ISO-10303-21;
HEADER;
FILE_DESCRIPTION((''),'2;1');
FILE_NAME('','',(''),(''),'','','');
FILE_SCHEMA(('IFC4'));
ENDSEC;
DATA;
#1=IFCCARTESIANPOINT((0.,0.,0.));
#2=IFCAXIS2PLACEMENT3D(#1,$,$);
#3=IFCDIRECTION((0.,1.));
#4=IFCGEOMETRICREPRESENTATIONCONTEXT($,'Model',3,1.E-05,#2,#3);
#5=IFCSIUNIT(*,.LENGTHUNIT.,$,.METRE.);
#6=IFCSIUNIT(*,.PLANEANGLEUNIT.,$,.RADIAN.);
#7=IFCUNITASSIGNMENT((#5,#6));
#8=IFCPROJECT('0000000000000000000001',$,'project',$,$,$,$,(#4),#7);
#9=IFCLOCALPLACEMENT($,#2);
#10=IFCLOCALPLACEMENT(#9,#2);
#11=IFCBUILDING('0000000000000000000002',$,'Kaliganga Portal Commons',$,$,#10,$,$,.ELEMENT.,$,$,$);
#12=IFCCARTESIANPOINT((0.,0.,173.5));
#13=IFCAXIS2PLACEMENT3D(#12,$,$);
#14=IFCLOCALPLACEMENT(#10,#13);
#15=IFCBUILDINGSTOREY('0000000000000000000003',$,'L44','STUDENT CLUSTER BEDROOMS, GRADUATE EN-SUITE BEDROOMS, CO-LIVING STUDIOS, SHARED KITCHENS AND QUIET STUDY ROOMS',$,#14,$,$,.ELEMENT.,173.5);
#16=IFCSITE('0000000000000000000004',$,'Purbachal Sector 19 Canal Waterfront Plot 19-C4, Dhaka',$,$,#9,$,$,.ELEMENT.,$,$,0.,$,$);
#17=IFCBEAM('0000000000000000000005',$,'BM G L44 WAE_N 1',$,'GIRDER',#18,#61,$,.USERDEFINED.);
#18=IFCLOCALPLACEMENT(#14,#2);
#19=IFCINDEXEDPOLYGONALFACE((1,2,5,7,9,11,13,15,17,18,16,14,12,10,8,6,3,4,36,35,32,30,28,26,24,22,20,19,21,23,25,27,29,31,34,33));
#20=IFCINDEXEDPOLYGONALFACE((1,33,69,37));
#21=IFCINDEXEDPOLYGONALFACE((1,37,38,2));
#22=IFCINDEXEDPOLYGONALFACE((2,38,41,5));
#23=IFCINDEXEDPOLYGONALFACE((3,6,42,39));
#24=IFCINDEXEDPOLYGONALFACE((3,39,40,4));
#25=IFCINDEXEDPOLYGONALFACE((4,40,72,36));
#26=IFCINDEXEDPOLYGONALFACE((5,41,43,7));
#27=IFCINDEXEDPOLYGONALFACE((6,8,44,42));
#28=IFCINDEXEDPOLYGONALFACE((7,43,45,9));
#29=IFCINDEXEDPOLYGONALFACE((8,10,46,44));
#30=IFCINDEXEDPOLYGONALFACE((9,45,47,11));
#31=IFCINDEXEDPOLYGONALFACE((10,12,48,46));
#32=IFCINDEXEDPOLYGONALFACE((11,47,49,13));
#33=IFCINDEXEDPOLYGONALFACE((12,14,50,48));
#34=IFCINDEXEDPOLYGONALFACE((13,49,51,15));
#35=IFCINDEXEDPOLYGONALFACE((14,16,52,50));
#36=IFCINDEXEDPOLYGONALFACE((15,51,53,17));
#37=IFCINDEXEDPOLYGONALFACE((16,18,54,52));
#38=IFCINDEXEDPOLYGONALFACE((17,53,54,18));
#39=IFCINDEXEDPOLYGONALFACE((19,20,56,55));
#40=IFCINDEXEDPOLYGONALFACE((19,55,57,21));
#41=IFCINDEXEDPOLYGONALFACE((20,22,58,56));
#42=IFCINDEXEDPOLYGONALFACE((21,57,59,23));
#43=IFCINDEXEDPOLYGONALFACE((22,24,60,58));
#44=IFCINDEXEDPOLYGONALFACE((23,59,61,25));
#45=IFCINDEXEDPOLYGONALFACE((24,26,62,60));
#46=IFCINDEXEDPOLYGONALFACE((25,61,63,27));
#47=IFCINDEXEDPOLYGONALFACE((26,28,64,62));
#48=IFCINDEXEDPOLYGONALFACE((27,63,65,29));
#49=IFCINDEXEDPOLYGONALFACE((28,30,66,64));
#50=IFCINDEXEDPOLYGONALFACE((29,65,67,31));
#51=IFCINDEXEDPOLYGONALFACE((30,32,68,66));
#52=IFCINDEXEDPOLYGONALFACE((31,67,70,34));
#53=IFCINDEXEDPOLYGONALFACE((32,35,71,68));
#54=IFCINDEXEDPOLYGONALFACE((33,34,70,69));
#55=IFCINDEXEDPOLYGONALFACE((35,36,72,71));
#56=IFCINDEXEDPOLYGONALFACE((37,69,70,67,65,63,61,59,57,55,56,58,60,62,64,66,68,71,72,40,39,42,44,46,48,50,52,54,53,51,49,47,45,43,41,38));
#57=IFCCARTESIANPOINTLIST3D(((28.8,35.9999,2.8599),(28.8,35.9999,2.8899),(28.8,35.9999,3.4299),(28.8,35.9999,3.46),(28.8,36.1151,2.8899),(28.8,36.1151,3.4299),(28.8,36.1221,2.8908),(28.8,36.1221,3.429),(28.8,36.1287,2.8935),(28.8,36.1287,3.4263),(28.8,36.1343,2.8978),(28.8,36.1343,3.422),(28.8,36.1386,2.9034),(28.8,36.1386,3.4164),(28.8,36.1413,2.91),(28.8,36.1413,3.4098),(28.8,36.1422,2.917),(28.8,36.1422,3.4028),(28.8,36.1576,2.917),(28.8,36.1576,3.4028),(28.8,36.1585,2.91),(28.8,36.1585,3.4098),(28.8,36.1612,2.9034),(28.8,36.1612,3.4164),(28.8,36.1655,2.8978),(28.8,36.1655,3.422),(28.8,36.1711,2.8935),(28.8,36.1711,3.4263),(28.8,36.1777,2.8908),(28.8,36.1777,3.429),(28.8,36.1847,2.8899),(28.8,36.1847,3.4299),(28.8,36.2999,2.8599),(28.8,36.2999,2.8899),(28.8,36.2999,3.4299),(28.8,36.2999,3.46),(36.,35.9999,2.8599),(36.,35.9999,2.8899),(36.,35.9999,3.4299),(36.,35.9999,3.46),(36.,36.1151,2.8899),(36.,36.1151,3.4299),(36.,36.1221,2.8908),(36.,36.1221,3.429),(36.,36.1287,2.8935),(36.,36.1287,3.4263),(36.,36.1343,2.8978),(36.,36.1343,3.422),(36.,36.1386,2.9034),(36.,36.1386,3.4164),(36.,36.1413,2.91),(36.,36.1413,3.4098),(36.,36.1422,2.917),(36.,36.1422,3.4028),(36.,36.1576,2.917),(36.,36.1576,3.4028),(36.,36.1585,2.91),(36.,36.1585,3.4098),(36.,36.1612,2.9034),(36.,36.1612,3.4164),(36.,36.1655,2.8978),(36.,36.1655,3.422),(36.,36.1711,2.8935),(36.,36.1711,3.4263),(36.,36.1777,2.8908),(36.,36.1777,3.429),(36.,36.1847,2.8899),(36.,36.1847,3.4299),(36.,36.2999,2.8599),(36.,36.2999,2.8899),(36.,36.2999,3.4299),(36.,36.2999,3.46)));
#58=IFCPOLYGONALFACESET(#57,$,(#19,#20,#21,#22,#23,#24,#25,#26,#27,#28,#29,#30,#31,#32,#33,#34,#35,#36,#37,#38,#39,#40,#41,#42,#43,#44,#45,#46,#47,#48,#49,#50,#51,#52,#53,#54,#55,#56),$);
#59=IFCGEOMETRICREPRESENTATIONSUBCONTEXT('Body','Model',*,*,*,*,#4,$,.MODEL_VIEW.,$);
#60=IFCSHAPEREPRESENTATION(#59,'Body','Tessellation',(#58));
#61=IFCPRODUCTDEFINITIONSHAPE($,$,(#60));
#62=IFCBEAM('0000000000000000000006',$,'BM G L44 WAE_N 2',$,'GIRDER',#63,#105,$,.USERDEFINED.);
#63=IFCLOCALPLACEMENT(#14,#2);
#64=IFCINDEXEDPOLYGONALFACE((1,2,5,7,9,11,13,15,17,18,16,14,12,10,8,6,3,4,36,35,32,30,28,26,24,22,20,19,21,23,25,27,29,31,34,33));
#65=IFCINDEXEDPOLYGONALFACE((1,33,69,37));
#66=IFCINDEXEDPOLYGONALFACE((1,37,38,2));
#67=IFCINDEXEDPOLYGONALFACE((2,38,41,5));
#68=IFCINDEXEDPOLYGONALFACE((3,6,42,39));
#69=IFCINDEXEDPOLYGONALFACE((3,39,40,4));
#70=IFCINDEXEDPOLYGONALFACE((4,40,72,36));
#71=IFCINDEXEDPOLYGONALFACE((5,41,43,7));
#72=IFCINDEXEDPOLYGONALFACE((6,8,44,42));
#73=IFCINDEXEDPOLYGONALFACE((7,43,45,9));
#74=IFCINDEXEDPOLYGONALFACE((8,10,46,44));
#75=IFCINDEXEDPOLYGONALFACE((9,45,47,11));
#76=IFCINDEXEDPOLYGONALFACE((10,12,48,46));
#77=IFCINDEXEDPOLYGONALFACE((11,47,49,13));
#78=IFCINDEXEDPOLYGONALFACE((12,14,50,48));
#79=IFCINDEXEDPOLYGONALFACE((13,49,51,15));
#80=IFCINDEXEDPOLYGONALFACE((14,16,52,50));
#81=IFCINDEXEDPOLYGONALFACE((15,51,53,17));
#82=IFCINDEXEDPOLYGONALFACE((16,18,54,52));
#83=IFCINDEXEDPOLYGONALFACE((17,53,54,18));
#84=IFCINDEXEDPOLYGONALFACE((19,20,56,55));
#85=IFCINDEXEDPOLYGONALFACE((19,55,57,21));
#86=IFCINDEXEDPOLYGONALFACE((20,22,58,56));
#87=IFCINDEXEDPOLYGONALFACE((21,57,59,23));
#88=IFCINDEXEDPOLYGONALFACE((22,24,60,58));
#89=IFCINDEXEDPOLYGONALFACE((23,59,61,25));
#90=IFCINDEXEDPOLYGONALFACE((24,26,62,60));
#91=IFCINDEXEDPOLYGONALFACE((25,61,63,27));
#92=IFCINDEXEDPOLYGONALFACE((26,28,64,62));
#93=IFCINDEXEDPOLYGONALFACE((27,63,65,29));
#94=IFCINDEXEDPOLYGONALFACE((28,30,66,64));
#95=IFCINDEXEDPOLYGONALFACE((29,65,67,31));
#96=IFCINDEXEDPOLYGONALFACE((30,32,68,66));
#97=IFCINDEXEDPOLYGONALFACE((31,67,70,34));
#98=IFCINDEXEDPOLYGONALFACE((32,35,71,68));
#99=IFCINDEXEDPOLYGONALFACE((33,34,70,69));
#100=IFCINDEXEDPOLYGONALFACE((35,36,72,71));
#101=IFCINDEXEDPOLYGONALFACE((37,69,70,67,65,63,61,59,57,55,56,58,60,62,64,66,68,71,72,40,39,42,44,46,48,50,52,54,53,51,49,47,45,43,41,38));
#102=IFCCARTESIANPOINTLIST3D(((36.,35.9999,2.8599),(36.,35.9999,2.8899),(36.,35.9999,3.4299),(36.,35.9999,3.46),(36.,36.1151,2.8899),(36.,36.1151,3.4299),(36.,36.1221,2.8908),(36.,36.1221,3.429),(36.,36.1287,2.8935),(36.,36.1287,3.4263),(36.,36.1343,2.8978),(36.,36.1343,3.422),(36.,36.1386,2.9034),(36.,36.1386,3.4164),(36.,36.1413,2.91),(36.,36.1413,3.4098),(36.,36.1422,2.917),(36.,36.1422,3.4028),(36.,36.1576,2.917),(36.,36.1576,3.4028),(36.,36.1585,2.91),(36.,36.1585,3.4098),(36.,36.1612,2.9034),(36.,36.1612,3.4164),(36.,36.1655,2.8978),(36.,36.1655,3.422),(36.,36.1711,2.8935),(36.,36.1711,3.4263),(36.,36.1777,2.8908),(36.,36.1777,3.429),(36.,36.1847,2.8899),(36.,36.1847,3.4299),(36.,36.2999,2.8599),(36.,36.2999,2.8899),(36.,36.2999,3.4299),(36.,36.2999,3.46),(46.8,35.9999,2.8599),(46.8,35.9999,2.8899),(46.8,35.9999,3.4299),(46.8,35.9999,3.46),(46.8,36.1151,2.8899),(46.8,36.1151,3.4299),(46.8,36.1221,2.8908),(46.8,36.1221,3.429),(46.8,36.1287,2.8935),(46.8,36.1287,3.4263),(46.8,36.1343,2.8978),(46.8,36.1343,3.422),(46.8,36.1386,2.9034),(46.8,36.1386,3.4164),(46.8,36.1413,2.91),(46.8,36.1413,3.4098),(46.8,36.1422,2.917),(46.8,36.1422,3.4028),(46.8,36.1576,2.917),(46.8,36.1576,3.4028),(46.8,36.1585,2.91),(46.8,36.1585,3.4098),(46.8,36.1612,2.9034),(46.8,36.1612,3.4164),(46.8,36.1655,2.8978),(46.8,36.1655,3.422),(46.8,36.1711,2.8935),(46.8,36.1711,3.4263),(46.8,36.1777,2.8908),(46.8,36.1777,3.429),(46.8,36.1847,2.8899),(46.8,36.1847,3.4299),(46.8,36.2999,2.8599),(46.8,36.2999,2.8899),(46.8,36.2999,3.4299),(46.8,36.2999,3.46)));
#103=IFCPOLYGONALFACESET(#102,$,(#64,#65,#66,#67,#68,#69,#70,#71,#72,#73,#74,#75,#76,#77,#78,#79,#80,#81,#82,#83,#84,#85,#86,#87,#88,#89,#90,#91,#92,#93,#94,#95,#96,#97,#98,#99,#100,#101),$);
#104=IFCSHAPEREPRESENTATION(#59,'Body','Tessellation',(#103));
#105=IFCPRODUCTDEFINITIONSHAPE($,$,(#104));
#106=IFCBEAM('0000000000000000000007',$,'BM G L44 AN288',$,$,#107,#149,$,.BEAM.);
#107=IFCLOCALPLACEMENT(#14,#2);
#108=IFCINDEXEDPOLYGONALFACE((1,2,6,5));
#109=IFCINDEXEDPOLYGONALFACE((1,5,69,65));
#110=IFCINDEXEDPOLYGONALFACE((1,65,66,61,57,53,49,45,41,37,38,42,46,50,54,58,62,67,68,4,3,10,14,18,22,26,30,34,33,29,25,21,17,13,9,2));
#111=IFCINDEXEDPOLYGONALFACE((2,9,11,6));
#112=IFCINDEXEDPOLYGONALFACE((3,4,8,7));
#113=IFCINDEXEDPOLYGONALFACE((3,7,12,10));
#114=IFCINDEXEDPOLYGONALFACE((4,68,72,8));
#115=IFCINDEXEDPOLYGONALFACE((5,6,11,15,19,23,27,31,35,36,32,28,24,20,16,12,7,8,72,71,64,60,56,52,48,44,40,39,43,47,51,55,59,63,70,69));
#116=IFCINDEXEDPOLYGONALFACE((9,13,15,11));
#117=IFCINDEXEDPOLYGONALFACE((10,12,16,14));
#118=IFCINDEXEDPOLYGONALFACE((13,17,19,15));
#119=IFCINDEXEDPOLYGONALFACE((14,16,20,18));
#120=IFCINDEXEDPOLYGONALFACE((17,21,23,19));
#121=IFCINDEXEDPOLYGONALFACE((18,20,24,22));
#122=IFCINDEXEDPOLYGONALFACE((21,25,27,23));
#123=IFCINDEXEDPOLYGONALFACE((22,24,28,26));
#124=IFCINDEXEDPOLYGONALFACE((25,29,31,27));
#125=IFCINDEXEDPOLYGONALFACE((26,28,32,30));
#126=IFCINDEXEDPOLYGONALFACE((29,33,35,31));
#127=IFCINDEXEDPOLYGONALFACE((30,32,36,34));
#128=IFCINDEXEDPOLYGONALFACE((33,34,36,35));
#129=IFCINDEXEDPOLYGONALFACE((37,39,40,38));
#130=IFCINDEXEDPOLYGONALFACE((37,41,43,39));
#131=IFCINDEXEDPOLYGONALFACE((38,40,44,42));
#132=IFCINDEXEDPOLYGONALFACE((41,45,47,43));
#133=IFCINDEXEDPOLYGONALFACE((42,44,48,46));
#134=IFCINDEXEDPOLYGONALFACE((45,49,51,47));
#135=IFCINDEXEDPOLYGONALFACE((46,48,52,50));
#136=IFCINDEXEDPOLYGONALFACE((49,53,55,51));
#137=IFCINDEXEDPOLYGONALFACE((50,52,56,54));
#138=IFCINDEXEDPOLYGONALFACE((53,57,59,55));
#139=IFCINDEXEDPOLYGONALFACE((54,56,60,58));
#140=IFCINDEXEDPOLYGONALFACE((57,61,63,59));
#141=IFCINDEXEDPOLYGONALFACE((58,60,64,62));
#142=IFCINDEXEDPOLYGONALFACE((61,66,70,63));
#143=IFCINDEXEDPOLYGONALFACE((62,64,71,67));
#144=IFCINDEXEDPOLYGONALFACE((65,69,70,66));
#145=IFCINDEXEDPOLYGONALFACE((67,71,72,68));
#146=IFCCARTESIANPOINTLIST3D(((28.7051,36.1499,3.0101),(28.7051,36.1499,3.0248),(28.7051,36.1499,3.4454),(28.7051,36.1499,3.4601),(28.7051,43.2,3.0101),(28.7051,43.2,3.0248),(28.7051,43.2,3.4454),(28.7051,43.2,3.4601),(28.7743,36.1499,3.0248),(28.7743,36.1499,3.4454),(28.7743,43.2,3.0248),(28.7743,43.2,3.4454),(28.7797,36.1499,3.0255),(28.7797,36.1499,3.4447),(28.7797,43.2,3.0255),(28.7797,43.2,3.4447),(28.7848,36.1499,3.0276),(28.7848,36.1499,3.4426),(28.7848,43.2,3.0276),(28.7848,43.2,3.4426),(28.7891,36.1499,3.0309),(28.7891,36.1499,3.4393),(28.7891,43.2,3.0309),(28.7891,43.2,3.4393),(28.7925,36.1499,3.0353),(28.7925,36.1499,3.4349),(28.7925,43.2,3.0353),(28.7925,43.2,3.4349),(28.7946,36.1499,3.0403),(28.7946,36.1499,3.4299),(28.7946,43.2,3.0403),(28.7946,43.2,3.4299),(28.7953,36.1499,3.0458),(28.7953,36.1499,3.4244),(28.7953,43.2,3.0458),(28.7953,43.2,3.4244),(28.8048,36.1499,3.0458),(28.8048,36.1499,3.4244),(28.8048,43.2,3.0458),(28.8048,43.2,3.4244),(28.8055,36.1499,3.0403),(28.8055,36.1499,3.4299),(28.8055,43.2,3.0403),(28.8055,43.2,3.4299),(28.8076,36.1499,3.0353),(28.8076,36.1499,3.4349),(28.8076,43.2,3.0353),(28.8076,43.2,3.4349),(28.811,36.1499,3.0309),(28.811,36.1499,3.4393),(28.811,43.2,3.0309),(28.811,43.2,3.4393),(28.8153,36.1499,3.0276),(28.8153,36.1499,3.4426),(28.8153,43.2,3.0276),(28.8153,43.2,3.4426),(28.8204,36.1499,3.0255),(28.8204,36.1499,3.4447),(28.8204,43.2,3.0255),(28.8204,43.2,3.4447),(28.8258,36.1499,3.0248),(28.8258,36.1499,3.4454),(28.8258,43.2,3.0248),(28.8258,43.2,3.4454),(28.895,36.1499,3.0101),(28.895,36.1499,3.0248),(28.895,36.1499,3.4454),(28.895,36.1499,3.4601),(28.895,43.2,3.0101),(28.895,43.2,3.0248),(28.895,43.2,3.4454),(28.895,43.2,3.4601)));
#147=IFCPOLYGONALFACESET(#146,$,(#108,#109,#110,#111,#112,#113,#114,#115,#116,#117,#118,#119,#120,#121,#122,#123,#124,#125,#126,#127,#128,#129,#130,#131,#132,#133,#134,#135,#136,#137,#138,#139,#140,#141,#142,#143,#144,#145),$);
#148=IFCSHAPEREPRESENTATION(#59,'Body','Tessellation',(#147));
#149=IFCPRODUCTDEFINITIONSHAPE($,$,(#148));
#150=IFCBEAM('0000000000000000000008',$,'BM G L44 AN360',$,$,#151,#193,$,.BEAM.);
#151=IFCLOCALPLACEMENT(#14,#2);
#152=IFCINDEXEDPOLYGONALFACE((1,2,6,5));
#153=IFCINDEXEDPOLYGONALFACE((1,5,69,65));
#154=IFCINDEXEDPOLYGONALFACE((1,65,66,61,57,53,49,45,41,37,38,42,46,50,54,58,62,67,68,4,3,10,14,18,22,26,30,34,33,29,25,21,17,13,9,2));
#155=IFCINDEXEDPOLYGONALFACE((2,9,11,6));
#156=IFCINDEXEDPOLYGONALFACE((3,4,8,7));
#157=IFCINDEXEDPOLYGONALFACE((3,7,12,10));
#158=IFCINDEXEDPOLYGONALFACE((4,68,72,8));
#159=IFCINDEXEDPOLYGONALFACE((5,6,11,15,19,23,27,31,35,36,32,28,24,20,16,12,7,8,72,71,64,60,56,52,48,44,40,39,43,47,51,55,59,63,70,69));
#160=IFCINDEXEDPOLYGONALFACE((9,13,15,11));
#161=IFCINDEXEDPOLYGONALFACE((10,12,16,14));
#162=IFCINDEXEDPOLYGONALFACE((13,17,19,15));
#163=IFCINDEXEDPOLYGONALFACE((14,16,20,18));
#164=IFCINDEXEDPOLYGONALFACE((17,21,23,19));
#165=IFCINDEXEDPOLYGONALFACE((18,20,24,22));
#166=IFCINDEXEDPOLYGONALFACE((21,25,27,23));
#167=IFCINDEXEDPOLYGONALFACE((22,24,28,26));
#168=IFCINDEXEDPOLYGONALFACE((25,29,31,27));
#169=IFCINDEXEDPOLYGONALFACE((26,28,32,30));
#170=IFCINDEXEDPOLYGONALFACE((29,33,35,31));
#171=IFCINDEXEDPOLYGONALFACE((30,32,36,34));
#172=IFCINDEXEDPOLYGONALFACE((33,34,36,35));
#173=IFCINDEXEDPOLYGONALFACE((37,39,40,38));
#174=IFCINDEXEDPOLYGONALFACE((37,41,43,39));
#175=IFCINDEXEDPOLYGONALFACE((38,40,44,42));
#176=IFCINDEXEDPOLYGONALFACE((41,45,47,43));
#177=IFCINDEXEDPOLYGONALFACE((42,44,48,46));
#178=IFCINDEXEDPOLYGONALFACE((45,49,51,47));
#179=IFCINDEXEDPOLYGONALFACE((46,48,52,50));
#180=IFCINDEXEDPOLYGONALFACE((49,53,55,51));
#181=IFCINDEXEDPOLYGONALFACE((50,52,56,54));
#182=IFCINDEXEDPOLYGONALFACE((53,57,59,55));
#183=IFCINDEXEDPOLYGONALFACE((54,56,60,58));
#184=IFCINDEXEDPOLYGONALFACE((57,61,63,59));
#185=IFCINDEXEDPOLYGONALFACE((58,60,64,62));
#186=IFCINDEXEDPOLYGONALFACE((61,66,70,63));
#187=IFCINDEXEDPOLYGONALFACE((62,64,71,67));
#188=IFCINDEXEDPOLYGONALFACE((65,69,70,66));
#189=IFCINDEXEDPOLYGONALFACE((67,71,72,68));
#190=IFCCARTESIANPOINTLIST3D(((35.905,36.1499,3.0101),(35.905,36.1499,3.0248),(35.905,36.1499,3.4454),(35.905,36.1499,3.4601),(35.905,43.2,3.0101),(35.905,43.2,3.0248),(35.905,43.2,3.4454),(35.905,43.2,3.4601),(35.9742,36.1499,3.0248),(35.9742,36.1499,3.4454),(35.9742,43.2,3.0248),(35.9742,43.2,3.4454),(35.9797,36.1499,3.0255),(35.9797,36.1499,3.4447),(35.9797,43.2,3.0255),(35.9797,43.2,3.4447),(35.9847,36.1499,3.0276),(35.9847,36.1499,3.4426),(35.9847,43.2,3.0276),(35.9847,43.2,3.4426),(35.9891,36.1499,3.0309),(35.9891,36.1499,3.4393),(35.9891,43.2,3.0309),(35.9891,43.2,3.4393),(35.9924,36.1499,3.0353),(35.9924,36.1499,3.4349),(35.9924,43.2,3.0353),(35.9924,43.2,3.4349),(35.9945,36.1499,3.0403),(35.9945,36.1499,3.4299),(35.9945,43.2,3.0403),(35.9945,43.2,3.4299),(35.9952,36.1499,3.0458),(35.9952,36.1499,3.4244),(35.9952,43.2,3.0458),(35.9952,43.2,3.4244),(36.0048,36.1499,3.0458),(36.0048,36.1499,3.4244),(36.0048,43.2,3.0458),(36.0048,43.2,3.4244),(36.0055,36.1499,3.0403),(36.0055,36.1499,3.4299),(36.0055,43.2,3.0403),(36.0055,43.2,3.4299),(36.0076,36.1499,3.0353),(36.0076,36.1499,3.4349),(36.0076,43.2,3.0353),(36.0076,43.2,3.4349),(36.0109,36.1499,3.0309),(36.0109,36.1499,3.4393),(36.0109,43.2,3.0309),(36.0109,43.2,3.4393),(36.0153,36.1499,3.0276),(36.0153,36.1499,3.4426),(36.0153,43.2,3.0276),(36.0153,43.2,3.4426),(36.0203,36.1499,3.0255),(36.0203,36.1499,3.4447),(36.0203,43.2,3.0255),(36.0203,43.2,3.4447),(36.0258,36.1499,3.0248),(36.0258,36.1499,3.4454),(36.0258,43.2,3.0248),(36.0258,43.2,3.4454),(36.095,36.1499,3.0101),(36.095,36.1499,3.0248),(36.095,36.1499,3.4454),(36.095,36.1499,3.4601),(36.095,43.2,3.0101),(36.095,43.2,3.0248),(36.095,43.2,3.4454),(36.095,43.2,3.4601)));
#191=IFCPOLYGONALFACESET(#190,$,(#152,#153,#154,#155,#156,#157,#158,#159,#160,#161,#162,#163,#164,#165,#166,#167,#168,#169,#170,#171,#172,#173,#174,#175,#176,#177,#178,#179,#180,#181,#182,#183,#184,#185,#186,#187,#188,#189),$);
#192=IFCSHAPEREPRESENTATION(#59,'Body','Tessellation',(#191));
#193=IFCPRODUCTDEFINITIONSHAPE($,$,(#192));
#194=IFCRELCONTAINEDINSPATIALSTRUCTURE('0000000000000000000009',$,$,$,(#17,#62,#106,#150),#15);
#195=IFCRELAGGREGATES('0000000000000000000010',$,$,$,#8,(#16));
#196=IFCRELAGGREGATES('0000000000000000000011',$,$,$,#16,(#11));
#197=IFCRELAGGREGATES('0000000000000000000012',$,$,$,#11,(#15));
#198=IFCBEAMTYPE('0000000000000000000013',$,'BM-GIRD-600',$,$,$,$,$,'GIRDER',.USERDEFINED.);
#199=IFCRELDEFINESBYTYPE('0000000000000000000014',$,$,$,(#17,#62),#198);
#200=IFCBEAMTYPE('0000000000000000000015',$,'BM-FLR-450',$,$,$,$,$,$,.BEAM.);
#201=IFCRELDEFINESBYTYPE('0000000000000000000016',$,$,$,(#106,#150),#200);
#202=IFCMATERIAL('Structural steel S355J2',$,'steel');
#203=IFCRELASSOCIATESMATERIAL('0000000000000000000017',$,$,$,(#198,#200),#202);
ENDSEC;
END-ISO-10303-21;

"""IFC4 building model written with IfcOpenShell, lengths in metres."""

from ifc_helpers import new_model, si_unit, direction, frame, origin, origin_2d, place, context, subcontext, project, spatial, i_section, extrude, source, transform, mapped, material, material_profile, profile_set, type_object, element, save


model = new_model("IFC4")

# Units and contexts
model_context = context("Model", 3, precision=1e-05, world=origin(), true_north=direction((0.0, 1.0)))
body_context = subcontext(model_context, "Body", "Model", "MODEL_VIEW")
ifc_project = project(units=[si_unit("LENGTHUNIT", "METRE"), si_unit("PLANEANGLEUNIT", "RADIAN")], contexts=[model_context])

# Site, building, storey
site_placement = place(None, origin())
site = spatial("IfcSite", under=ifc_project, at=site_placement, Name="Purbachal Sector 19 Canal Waterfront Plot 19-C4, Dhaka", CompositionType="ELEMENT", RefElevation=0.0)
building_placement = place(site_placement, origin())
building = spatial("IfcBuilding", under=site, at=building_placement, Name="Kaliganga Portal Commons", CompositionType="ELEMENT")
storey_placement = place(building_placement, frame((0.0, 0.0, 173.5)))
storey = spatial("IfcBuildingStorey", under=building, at=storey_placement, Name="L44", Description="STUDENT CLUSTER BEDROOMS, GRADUATE EN-SUITE BEDROOMS, CO-LIVING STUDIOS, SHARED KITCHENS AND QUIET STUDY ROOMS", CompositionType="ELEMENT", Elevation=173.5)

# Beams
ifc_material_1 = material(Name="Structural steel S355J2", Category="steel")
ifc_material_profile_1 = material_profile(ifc_material_1, i_section(OverallWidth=0.3, OverallDepth=0.6001, WebThickness=0.0154, FlangeThickness=0.03, FilletRadius=0.0271, at=origin_2d()), Name="HE 600 B")
ifc_profile_set_1 = profile_set([ifc_material_profile_1], Name="Structural steel S355J2 wide-flange")
beam_type_1 = type_object("IfcBeamType", Name="BM-GIRD-600", ElementType="GIRDER", PredefinedType="USERDEFINED", material=ifc_profile_set_1)
shared_shape_1 = source(origin(), body_context, "Body", "SweptSolid", [
    extrude(i_section(OverallWidth=0.3, OverallDepth=0.6001, WebThickness=0.0154, FlangeThickness=0.03, FilletRadius=0.0271, at=origin_2d()), origin(), (0.0, 0.0, 1.0), 7.2),
])
beam_1_placement = place(storey_placement, frame((28.8, 36.1499, 3.1599), z_axis=(1.0, 0.0, 0.0), x_axis=(0.0, 1.0, 0.0)))
element("IfcBeam", 1, at=beam_1_placement, inside=storey, type_object=beam_type_1, Name="BM G L44 WAE_N 1", ObjectType="GIRDER", PredefinedType="USERDEFINED", context=body_context, shape_type="MappedRepresentation", body=[
    mapped(shared_shape_1, transform((0.0, 0.0, 0.0), x_axis=(1.0, 0.0, 0.0), y_axis=(0.0, 1.0, 0.0), z_axis=(0.0, 0.0, 1.0), scale=1.0)),
])
shared_shape_2 = source(origin(), body_context, "Body", "SweptSolid", [
    extrude(i_section(OverallWidth=0.3, OverallDepth=0.6001, WebThickness=0.0154, FlangeThickness=0.03, FilletRadius=0.0271, at=origin_2d()), origin(), (0.0, 0.0, 1.0), 10.8),
])
beam_2_placement = place(storey_placement, frame((36.0, 36.1499, 3.1599), z_axis=(1.0, 0.0, 0.0), x_axis=(0.0, 1.0, 0.0)))
element("IfcBeam", 2, at=beam_2_placement, inside=storey, type_object=beam_type_1, Name="BM G L44 WAE_N 2", ObjectType="GIRDER", PredefinedType="USERDEFINED", context=body_context, shape_type="MappedRepresentation", body=[
    mapped(shared_shape_2, transform((0.0, 0.0, 0.0), x_axis=(1.0, 0.0, 0.0), y_axis=(0.0, 1.0, 0.0), z_axis=(0.0, 0.0, 1.0), scale=1.0)),
])
ifc_material_profile_2 = material_profile(ifc_material_1, i_section(OverallWidth=0.1899, OverallDepth=0.45, WebThickness=0.0095, FlangeThickness=0.0146, FilletRadius=0.021, at=origin_2d()), Name="IPE 450")
ifc_profile_set_2 = profile_set([ifc_material_profile_2], Name="Structural steel S355J2 wide-flange")
beam_type_2 = type_object("IfcBeamType", Name="BM-FLR-450", PredefinedType="BEAM", material=ifc_profile_set_2)
shared_shape_3 = source(origin(), body_context, "Body", "SweptSolid", [
    extrude(i_section(OverallWidth=0.1899, OverallDepth=0.45, WebThickness=0.0095, FlangeThickness=0.0146, FilletRadius=0.021, at=origin_2d()), origin(), (0.0, 0.0, 1.0), 7.05),
])
for number, where, z_axis, x_axis, name in (
    (3, (28.8, 36.1499, 3.2351), (0.0, 1.0, 0.0), (-1.0, 0.0, 0.0), "BM G L44 AN288"),
    (4, (36.0, 36.1499, 3.2351), (0.0, 1.0, 0.0), (-1.0, 0.0, 0.0), "BM G L44 AN360"),
):
    element("IfcBeam", number, at=place(storey_placement, frame(where, z_axis=z_axis, x_axis=x_axis)), inside=storey, type_object=beam_type_2, Name=name, PredefinedType="BEAM", context=body_context, shape_type="MappedRepresentation", body=[
        mapped(shared_shape_3, transform((0.0, 0.0, 0.0), x_axis=(1.0, 0.0, 0.0), y_axis=(0.0, 1.0, 0.0), z_axis=(0.0, 0.0, 1.0), scale=1.0)),
    ])

save(model, "model.ifc")
